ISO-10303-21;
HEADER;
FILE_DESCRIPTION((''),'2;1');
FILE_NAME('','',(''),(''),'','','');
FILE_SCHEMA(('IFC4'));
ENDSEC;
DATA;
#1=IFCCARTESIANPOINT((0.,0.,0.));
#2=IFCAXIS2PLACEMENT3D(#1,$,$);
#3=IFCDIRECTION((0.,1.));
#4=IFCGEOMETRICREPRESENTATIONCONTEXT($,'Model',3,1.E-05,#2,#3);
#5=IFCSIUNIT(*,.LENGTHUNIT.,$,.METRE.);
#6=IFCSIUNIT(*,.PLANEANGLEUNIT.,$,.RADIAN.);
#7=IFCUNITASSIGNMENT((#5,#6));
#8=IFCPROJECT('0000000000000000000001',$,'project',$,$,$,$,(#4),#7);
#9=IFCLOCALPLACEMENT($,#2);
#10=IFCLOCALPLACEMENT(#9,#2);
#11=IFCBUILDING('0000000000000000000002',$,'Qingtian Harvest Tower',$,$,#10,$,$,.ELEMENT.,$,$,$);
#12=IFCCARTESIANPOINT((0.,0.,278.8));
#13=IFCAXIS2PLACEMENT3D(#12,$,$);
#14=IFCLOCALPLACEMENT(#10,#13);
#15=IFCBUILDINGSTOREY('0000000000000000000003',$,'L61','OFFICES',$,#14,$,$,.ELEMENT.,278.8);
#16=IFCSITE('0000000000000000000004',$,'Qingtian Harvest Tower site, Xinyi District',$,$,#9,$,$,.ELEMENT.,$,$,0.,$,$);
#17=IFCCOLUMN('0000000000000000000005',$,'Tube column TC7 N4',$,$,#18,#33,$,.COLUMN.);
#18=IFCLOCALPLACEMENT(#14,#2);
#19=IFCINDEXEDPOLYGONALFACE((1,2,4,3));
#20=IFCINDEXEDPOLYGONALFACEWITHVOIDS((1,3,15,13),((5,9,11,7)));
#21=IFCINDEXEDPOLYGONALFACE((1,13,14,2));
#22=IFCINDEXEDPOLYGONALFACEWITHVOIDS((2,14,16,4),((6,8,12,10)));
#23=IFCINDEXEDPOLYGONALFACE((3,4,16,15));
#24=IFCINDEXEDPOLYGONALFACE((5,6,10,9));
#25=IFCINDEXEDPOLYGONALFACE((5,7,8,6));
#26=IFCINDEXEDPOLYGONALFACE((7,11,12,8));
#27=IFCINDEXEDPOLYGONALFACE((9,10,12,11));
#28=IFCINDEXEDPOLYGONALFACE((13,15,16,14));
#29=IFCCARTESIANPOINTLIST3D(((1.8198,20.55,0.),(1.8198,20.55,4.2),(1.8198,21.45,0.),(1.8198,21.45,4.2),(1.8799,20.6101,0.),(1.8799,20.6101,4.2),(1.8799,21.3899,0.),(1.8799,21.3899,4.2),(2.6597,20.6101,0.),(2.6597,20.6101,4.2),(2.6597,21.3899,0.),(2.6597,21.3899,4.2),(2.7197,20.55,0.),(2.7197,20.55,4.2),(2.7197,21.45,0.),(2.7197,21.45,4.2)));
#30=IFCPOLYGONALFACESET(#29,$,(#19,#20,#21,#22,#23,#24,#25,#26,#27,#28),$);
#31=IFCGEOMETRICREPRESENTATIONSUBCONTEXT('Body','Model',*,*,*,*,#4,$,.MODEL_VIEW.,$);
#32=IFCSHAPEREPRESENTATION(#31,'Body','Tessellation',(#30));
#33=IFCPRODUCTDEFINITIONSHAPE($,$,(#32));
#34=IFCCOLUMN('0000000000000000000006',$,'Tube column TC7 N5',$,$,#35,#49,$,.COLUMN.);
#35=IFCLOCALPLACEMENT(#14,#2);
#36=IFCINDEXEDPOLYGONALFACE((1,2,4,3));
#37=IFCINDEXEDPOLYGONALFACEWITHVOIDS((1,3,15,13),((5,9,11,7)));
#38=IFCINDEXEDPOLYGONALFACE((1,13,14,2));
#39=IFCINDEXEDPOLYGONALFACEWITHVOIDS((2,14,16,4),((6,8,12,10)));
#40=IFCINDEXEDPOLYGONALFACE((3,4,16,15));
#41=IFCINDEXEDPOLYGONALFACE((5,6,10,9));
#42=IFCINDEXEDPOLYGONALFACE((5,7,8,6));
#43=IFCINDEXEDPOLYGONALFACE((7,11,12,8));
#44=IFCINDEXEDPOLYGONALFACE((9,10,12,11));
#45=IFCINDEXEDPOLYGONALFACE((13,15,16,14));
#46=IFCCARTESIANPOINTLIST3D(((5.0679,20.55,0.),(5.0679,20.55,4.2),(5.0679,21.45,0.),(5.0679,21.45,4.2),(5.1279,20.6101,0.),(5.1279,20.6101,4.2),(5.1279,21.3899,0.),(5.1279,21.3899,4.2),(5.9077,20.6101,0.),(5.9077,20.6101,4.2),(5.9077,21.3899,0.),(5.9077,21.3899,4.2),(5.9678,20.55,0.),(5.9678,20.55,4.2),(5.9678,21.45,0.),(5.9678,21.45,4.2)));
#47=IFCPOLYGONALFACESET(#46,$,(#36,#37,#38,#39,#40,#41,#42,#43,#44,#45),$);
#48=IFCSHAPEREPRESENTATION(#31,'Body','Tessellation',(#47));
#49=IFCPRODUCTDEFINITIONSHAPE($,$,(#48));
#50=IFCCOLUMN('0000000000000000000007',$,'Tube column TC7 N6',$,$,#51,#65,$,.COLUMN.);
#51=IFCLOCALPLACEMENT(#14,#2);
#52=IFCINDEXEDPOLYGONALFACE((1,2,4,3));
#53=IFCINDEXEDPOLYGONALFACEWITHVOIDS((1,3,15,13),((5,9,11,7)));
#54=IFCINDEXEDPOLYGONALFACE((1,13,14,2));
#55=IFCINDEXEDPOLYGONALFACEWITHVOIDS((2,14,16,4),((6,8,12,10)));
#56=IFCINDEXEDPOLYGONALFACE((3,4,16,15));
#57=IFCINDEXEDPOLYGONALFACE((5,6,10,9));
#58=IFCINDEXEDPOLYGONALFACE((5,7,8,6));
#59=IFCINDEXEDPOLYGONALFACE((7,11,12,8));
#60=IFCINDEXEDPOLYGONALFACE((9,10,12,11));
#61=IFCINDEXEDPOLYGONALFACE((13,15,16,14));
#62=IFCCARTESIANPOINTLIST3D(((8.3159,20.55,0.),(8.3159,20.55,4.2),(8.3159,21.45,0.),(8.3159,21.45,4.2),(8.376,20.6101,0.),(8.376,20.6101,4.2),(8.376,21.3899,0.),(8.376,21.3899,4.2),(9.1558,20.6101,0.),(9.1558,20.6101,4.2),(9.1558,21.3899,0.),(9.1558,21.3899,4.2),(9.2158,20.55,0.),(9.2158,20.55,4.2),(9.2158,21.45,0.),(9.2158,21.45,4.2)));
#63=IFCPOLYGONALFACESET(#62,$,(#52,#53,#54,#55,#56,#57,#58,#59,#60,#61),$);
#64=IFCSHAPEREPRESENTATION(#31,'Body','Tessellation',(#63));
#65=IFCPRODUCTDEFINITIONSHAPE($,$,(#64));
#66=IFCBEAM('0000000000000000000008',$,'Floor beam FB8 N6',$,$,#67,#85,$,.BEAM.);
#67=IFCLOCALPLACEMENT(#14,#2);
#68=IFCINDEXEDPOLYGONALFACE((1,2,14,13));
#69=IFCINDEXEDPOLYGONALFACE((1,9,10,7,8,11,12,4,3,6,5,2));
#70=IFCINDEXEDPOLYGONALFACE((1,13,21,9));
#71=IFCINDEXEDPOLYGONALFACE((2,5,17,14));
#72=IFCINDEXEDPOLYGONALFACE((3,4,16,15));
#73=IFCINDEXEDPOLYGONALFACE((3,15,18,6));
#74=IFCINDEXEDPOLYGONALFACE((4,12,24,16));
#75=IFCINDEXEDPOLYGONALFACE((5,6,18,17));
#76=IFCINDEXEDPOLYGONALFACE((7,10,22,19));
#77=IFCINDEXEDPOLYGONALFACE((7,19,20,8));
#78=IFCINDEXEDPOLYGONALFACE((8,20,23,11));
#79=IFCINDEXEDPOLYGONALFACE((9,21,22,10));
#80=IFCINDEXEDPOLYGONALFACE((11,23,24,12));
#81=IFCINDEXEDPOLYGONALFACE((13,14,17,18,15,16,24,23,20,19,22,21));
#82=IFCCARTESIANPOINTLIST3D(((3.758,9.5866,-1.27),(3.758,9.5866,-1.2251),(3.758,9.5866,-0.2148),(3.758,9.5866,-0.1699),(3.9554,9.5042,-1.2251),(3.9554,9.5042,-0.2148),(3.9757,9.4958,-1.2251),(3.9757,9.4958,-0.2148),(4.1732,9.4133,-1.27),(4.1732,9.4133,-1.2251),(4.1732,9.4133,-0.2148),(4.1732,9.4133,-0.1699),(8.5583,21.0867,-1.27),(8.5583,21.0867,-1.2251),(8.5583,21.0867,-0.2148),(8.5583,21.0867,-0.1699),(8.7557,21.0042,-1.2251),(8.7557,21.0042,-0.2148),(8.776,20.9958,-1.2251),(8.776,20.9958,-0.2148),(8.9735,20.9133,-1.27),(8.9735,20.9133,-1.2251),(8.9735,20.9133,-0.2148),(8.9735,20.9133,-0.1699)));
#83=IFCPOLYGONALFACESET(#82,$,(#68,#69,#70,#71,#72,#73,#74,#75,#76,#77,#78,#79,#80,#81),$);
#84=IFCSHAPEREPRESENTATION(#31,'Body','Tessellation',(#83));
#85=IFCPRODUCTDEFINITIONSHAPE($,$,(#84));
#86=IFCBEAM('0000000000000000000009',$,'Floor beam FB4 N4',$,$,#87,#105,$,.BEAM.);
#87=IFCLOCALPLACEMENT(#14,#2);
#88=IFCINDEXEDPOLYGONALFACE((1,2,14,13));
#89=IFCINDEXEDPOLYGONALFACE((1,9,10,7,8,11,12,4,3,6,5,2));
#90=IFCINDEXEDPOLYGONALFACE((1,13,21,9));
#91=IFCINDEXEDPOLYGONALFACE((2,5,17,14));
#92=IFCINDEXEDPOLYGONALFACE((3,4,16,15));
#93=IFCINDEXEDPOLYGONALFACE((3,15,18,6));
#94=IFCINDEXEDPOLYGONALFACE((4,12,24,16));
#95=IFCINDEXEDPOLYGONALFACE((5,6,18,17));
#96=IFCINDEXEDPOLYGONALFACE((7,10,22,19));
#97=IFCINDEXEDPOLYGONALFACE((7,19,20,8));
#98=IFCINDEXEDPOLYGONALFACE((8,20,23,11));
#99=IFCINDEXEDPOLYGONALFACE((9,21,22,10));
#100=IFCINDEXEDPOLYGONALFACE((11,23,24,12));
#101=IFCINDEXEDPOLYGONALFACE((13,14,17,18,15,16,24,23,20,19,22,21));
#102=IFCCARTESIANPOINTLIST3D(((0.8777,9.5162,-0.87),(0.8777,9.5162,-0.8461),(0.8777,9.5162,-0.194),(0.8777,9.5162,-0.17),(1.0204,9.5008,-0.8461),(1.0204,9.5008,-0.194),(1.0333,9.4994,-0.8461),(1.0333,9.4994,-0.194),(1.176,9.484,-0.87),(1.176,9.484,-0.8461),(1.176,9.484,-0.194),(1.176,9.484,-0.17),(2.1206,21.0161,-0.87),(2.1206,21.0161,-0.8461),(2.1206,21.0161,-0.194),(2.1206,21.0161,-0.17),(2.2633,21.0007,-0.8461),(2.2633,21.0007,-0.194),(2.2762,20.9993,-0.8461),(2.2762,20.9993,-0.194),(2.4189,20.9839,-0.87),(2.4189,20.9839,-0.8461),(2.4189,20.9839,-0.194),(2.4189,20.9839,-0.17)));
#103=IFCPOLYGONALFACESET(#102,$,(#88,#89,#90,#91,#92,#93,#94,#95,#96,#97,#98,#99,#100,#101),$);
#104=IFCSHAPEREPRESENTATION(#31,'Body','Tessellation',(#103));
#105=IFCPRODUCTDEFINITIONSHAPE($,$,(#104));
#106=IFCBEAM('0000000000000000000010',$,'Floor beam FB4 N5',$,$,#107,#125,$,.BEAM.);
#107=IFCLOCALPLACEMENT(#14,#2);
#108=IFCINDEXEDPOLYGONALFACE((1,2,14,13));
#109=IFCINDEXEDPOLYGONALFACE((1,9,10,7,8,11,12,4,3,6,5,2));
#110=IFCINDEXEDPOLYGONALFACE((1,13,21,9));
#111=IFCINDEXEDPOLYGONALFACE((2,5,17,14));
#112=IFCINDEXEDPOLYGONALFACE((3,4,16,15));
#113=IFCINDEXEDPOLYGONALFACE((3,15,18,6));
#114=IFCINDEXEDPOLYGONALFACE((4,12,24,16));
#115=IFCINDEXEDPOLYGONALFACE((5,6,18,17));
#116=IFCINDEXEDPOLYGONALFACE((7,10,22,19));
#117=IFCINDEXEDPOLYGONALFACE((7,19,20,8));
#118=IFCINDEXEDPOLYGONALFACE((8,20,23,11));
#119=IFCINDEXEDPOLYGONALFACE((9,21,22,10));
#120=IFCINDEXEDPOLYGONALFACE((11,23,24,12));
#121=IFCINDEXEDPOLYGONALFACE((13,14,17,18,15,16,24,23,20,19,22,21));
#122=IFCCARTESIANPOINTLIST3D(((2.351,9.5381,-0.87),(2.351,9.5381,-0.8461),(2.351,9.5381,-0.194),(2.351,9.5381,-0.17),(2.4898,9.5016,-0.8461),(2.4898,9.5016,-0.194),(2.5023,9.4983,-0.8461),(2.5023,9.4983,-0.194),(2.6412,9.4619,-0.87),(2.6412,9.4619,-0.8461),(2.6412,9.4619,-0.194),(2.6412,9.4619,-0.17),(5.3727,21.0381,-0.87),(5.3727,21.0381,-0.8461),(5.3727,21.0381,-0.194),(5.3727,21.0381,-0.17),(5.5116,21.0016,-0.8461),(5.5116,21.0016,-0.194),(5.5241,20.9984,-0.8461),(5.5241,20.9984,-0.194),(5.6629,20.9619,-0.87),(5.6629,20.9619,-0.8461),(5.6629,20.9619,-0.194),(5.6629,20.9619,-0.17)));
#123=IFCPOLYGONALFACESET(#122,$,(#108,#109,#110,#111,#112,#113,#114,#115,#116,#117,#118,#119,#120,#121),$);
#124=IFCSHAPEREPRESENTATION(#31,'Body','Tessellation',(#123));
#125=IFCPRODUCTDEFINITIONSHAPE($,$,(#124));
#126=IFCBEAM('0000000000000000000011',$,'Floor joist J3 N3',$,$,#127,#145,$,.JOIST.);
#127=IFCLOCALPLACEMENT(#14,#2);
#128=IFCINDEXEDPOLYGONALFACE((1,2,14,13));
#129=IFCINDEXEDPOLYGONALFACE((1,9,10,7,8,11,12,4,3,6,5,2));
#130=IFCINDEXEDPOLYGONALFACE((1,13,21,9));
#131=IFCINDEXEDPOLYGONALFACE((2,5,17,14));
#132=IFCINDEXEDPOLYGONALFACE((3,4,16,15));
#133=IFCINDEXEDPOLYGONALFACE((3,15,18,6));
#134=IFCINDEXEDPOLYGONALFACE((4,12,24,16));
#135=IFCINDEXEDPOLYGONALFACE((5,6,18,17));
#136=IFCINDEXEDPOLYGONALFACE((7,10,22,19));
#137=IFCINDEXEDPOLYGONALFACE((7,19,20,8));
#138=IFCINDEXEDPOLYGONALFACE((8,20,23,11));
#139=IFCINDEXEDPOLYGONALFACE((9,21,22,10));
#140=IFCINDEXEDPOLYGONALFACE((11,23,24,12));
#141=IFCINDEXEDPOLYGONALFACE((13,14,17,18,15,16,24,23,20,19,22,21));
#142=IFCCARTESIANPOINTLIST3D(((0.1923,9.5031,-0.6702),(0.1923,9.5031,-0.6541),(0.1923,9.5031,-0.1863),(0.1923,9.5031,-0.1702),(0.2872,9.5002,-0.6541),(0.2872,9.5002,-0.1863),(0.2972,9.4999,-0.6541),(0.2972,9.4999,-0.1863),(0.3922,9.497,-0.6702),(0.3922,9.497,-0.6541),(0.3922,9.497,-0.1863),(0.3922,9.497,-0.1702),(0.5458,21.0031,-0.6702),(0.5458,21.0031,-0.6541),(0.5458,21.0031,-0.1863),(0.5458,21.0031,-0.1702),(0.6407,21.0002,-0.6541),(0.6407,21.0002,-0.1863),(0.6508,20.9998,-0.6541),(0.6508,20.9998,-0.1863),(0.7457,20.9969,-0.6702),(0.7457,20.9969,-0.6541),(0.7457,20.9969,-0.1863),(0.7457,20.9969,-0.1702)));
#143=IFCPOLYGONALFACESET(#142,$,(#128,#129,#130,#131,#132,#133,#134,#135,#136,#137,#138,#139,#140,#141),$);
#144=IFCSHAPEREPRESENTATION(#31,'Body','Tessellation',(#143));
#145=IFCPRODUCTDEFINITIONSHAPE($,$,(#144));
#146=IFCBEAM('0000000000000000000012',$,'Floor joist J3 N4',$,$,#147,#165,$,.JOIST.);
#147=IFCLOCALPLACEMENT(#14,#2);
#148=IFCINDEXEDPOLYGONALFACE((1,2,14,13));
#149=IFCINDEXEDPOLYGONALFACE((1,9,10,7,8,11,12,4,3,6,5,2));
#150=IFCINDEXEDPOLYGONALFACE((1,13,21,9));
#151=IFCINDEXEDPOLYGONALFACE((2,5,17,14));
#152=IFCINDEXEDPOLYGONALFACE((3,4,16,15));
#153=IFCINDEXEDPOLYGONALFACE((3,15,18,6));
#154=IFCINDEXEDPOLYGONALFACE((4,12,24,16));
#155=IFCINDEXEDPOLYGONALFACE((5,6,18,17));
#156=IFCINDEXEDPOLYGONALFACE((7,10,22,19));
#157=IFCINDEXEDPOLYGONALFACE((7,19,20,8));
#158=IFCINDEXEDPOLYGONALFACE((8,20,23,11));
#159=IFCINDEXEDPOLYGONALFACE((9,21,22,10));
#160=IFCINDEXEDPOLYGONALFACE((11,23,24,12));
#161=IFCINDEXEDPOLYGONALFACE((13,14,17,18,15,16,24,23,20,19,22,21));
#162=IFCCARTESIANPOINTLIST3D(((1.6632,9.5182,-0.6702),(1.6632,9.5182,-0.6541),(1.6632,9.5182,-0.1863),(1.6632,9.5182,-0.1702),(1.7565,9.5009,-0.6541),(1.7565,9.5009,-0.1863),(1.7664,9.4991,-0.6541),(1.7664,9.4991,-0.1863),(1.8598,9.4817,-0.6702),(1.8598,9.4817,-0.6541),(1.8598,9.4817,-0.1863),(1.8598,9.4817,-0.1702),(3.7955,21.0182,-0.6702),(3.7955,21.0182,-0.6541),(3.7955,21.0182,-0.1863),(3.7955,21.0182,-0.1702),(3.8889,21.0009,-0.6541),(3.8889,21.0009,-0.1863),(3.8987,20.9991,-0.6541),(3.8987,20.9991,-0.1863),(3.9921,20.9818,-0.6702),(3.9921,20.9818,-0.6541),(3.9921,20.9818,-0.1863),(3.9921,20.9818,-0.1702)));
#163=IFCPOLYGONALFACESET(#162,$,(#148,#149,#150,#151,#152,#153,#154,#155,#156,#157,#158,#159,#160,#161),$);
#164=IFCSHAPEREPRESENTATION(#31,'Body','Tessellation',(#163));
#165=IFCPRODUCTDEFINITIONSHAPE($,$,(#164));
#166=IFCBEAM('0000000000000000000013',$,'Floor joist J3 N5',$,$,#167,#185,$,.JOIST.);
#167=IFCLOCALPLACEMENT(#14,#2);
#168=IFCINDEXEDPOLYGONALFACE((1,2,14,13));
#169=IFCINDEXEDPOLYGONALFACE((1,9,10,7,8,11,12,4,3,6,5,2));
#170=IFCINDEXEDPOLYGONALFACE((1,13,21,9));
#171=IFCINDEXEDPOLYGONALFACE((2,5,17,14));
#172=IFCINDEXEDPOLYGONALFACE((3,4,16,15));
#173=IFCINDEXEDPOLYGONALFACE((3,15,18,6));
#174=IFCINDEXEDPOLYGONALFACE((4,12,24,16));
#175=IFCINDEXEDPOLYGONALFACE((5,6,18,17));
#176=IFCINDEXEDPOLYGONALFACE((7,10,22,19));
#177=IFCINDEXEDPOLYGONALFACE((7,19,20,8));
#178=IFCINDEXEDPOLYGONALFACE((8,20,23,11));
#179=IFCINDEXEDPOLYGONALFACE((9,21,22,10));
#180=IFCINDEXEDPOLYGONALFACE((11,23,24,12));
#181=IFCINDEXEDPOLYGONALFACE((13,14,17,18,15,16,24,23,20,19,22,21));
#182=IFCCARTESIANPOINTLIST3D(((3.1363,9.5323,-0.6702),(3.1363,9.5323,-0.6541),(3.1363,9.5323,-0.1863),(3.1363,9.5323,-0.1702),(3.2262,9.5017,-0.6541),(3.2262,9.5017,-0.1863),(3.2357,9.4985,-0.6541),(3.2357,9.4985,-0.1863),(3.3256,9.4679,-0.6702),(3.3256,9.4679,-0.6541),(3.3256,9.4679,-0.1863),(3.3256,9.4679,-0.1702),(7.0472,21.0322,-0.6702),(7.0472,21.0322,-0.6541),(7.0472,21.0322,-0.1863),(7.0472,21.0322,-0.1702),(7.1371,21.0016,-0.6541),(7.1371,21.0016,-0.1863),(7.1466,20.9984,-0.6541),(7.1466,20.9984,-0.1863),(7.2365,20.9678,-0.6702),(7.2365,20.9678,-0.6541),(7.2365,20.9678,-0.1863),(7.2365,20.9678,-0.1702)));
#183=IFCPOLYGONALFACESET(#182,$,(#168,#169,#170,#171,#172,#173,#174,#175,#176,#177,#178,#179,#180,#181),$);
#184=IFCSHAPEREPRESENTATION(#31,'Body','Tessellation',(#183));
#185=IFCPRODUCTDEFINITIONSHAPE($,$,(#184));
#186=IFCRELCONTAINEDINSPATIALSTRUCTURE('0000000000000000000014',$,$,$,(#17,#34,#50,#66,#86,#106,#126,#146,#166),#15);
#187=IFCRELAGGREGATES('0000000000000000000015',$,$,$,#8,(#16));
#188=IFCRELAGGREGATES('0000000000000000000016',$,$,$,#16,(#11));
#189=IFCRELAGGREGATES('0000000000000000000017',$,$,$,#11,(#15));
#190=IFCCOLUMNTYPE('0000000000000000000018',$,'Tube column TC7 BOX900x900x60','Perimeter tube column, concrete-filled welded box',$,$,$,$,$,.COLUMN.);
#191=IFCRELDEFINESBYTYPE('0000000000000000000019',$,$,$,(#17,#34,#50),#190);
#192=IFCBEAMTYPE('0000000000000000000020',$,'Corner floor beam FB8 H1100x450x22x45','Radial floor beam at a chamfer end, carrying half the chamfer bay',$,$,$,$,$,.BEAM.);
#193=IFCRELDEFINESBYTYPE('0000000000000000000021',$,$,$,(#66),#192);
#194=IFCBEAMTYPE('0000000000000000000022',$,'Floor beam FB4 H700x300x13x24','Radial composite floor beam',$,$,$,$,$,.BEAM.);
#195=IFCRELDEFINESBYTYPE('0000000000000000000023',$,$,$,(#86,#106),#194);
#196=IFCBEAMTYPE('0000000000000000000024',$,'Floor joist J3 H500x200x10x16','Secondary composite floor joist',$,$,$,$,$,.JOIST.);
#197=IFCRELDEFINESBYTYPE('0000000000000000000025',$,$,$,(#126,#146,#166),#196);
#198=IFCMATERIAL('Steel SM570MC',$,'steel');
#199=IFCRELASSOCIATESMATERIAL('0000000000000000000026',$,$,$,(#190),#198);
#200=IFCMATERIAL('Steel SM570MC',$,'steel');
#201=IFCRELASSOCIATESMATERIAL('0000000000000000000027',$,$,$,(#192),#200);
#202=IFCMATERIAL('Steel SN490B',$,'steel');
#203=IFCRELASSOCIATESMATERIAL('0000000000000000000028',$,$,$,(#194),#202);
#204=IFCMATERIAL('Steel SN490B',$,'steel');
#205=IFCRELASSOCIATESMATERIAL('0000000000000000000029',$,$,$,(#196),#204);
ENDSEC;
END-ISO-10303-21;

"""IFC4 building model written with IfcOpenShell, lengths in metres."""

from ifc_helpers import new_model, si_unit, direction, frame, origin, origin_2d, place, context, subcontext, project, spatial, hollow_rectangle, i_section, extrude, material, material_profile, profile_set, type_object, element, save


model = new_model("IFC4")

# Units and contexts
model_context = context("Model", 3, precision=1e-05, world=origin(), true_north=direction((0.0, 1.0)))
body_context = subcontext(model_context, "Body", "Model", "MODEL_VIEW")
ifc_project = project(units=[si_unit("LENGTHUNIT", "METRE"), si_unit("PLANEANGLEUNIT", "RADIAN")], contexts=[model_context])

# Site, building, storey
site_placement = place(None, origin())
site = spatial("IfcSite", under=ifc_project, at=site_placement, Name="Qingtian Harvest Tower site, Xinyi District", CompositionType="ELEMENT", RefElevation=0.0)
building_placement = place(site_placement, origin())
building = spatial("IfcBuilding", under=site, at=building_placement, Name="Qingtian Harvest Tower", CompositionType="ELEMENT")
storey_placement = place(building_placement, frame((0.0, 0.0, 278.8)))
storey = spatial("IfcBuildingStorey", under=building, at=storey_placement, Name="L61", Description="OFFICES", CompositionType="ELEMENT", Elevation=278.8)

# Columns
ifc_material_1 = material(Name="Steel SM570MC", Category="steel")
ifc_material_profile_1 = material_profile(ifc_material_1, hollow_rectangle(XDim=0.8999, YDim=0.8999, WallThickness=0.0601, at=origin_2d()), Name="BOX900x900x60")
ifc_profile_set_1 = profile_set([ifc_material_profile_1], Name="Steel SM570MC")
column_type = type_object("IfcColumnType", Name="Tube column TC7 BOX900x900x60", Description="Perimeter tube column, concrete-filled welded box", PredefinedType="COLUMN", material=ifc_profile_set_1)
for number, where, z_axis, x_axis, name in (
    (1, (2.2698, 21.0, 0.0), (0.0, 0.0, 1.0), (-1.0, 0.0, 0.0), "Tube column TC7 N4"),
    (2, (5.5178, 21.0, 0.0), (0.0, 0.0, 1.0), (-1.0, 0.0, 0.0), "Tube column TC7 N5"),
    (3, (8.7659, 21.0, 0.0), (0.0, 0.0, 1.0), (-1.0, 0.0, 0.0), "Tube column TC7 N6"),
):
    element("IfcColumn", number, at=place(storey_placement, frame(where, z_axis=z_axis, x_axis=x_axis)), inside=storey, type_object=column_type, Name=name, PredefinedType="COLUMN", context=body_context, shape_type="SweptSolid", body=[
        extrude(hollow_rectangle(XDim=0.8999, YDim=0.8999, WallThickness=0.0601, at=origin_2d()), origin(), (0.0, 0.0, 1.0), 4.2),
    ])

# Beams
ifc_material_2 = material(Name="Steel SM570MC", Category="steel")
ifc_material_profile_2 = material_profile(ifc_material_2, i_section(OverallWidth=0.45, OverallDepth=1.1001, WebThickness=0.022, FlangeThickness=0.0449, at=origin_2d()), Name="H1100x450x22x45")
ifc_profile_set_2 = profile_set([ifc_material_profile_2], Name="Steel SM570MC")
beam_type_1 = type_object("IfcBeamType", Name="Corner floor beam FB8 H1100x450x22x45", Description="Radial floor beam at a chamfer end, carrying half the chamfer bay", PredefinedType="BEAM", material=ifc_profile_set_2)
beam_1_placement = place(storey_placement, frame((8.7659, 21.0, -0.72), z_axis=(-0.385205, -0.922831, 0.0), x_axis=(0.922831, -0.385205, 0.0)))
element("IfcBeam", 4, at=beam_1_placement, inside=storey, type_object=beam_type_1, Name="Floor beam FB8 N6", PredefinedType="BEAM", context=body_context, shape_type="SweptSolid", body=[
    extrude(i_section(OverallWidth=0.45, OverallDepth=1.1001, WebThickness=0.022, FlangeThickness=0.0449, at=origin_2d()), origin(), (0.0, 0.0, 1.0), 12.4617),
])
ifc_material_3 = material(Name="Steel SN490B", Category="steel")
ifc_material_profile_3 = material_profile(ifc_material_3, i_section(OverallWidth=0.3, OverallDepth=0.7, WebThickness=0.0129, FlangeThickness=0.0239, at=origin_2d()), Name="H700x300x13x24")
ifc_profile_set_3 = profile_set([ifc_material_profile_3], Name="Steel SN490B")
beam_type_2 = type_object("IfcBeamType", Name="Floor beam FB4 H700x300x13x24", Description="Radial composite floor beam", PredefinedType="BEAM", material=ifc_profile_set_3)
beam_2_placement = place(storey_placement, frame((2.2698, 21.0, -0.52), z_axis=(-0.107454, -0.99421, 0.0), x_axis=(0.99421, -0.107454, 0.0)))
element("IfcBeam", 5, at=beam_2_placement, inside=storey, type_object=beam_type_2, Name="Floor beam FB4 N4", PredefinedType="BEAM", context=body_context, shape_type="SweptSolid", body=[
    extrude(i_section(OverallWidth=0.3, OverallDepth=0.7, WebThickness=0.0129, FlangeThickness=0.0239, at=origin_2d()), origin(), (0.0, 0.0, 1.0), 11.5669),
])
beam_3_placement = place(storey_placement, frame((5.5178, 21.0, -0.52), z_axis=(-0.254132, -0.967169, 0.0), x_axis=(0.967169, -0.254132, 0.0)))
element("IfcBeam", 6, at=beam_3_placement, inside=storey, type_object=beam_type_2, Name="Floor beam FB4 N5", PredefinedType="BEAM", context=body_context, shape_type="SweptSolid", body=[
    extrude(i_section(OverallWidth=0.3, OverallDepth=0.7, WebThickness=0.0129, FlangeThickness=0.0239, at=origin_2d()), origin(), (0.0, 0.0, 1.0), 11.8904),
])
ifc_material_4 = material(Name="Steel SN490B", Category="steel")
ifc_material_profile_4 = material_profile(ifc_material_4, i_section(OverallWidth=0.2, OverallDepth=0.5, WebThickness=0.01, FlangeThickness=0.0161, at=origin_2d()), Name="H500x200x10x16")
ifc_profile_set_4 = profile_set([ifc_material_profile_4], Name="Steel SN490B")
beam_type_3 = type_object("IfcBeamType", Name="Floor joist J3 H500x200x10x16", Description="Secondary composite floor joist", PredefinedType="JOIST", material=ifc_profile_set_4)
beam_4_placement = place(storey_placement, frame((0.6458, 21.0, -0.4202), z_axis=(-0.030726, -0.999528, 0.0), x_axis=(0.999528, -0.030726, 0.0)))
element("IfcBeam", 7, at=beam_4_placement, inside=storey, type_object=beam_type_3, Name="Floor joist J3 N3", PredefinedType="JOIST", context=body_context, shape_type="SweptSolid", body=[
    extrude(i_section(OverallWidth=0.2, OverallDepth=0.5, WebThickness=0.01, FlangeThickness=0.0161, at=origin_2d()), origin(), (0.0, 0.0, 1.0), 11.5054),
])
beam_5_placement = place(storey_placement, frame((3.8938, 21.0, -0.4202), z_axis=(-0.182312, -0.983241, 0.0), x_axis=(0.983241, -0.182312, 0.0)))
element("IfcBeam", 8, at=beam_5_placement, inside=storey, type_object=beam_type_3, Name="Floor joist J3 N4", PredefinedType="JOIST", context=body_context, shape_type="SweptSolid", body=[
    extrude(i_section(OverallWidth=0.2, OverallDepth=0.5, WebThickness=0.01, FlangeThickness=0.0161, at=origin_2d()), origin(), (0.0, 0.0, 1.0), 11.696),
])
beam_6_placement = place(storey_placement, frame((7.1418, 21.0, -0.4202), z_axis=(-0.321968, -0.94675, 0.0), x_axis=(0.94675, -0.321968, 0.0)))
element("IfcBeam", 9, at=beam_6_placement, inside=storey, type_object=beam_type_3, Name="Floor joist J3 N5", PredefinedType="JOIST", context=body_context, shape_type="SweptSolid", body=[
    extrude(i_section(OverallWidth=0.2, OverallDepth=0.5, WebThickness=0.01, FlangeThickness=0.0161, at=origin_2d()), origin(), (0.0, 0.0, 1.0), 12.1467),
])

save(model, "model.ifc")
